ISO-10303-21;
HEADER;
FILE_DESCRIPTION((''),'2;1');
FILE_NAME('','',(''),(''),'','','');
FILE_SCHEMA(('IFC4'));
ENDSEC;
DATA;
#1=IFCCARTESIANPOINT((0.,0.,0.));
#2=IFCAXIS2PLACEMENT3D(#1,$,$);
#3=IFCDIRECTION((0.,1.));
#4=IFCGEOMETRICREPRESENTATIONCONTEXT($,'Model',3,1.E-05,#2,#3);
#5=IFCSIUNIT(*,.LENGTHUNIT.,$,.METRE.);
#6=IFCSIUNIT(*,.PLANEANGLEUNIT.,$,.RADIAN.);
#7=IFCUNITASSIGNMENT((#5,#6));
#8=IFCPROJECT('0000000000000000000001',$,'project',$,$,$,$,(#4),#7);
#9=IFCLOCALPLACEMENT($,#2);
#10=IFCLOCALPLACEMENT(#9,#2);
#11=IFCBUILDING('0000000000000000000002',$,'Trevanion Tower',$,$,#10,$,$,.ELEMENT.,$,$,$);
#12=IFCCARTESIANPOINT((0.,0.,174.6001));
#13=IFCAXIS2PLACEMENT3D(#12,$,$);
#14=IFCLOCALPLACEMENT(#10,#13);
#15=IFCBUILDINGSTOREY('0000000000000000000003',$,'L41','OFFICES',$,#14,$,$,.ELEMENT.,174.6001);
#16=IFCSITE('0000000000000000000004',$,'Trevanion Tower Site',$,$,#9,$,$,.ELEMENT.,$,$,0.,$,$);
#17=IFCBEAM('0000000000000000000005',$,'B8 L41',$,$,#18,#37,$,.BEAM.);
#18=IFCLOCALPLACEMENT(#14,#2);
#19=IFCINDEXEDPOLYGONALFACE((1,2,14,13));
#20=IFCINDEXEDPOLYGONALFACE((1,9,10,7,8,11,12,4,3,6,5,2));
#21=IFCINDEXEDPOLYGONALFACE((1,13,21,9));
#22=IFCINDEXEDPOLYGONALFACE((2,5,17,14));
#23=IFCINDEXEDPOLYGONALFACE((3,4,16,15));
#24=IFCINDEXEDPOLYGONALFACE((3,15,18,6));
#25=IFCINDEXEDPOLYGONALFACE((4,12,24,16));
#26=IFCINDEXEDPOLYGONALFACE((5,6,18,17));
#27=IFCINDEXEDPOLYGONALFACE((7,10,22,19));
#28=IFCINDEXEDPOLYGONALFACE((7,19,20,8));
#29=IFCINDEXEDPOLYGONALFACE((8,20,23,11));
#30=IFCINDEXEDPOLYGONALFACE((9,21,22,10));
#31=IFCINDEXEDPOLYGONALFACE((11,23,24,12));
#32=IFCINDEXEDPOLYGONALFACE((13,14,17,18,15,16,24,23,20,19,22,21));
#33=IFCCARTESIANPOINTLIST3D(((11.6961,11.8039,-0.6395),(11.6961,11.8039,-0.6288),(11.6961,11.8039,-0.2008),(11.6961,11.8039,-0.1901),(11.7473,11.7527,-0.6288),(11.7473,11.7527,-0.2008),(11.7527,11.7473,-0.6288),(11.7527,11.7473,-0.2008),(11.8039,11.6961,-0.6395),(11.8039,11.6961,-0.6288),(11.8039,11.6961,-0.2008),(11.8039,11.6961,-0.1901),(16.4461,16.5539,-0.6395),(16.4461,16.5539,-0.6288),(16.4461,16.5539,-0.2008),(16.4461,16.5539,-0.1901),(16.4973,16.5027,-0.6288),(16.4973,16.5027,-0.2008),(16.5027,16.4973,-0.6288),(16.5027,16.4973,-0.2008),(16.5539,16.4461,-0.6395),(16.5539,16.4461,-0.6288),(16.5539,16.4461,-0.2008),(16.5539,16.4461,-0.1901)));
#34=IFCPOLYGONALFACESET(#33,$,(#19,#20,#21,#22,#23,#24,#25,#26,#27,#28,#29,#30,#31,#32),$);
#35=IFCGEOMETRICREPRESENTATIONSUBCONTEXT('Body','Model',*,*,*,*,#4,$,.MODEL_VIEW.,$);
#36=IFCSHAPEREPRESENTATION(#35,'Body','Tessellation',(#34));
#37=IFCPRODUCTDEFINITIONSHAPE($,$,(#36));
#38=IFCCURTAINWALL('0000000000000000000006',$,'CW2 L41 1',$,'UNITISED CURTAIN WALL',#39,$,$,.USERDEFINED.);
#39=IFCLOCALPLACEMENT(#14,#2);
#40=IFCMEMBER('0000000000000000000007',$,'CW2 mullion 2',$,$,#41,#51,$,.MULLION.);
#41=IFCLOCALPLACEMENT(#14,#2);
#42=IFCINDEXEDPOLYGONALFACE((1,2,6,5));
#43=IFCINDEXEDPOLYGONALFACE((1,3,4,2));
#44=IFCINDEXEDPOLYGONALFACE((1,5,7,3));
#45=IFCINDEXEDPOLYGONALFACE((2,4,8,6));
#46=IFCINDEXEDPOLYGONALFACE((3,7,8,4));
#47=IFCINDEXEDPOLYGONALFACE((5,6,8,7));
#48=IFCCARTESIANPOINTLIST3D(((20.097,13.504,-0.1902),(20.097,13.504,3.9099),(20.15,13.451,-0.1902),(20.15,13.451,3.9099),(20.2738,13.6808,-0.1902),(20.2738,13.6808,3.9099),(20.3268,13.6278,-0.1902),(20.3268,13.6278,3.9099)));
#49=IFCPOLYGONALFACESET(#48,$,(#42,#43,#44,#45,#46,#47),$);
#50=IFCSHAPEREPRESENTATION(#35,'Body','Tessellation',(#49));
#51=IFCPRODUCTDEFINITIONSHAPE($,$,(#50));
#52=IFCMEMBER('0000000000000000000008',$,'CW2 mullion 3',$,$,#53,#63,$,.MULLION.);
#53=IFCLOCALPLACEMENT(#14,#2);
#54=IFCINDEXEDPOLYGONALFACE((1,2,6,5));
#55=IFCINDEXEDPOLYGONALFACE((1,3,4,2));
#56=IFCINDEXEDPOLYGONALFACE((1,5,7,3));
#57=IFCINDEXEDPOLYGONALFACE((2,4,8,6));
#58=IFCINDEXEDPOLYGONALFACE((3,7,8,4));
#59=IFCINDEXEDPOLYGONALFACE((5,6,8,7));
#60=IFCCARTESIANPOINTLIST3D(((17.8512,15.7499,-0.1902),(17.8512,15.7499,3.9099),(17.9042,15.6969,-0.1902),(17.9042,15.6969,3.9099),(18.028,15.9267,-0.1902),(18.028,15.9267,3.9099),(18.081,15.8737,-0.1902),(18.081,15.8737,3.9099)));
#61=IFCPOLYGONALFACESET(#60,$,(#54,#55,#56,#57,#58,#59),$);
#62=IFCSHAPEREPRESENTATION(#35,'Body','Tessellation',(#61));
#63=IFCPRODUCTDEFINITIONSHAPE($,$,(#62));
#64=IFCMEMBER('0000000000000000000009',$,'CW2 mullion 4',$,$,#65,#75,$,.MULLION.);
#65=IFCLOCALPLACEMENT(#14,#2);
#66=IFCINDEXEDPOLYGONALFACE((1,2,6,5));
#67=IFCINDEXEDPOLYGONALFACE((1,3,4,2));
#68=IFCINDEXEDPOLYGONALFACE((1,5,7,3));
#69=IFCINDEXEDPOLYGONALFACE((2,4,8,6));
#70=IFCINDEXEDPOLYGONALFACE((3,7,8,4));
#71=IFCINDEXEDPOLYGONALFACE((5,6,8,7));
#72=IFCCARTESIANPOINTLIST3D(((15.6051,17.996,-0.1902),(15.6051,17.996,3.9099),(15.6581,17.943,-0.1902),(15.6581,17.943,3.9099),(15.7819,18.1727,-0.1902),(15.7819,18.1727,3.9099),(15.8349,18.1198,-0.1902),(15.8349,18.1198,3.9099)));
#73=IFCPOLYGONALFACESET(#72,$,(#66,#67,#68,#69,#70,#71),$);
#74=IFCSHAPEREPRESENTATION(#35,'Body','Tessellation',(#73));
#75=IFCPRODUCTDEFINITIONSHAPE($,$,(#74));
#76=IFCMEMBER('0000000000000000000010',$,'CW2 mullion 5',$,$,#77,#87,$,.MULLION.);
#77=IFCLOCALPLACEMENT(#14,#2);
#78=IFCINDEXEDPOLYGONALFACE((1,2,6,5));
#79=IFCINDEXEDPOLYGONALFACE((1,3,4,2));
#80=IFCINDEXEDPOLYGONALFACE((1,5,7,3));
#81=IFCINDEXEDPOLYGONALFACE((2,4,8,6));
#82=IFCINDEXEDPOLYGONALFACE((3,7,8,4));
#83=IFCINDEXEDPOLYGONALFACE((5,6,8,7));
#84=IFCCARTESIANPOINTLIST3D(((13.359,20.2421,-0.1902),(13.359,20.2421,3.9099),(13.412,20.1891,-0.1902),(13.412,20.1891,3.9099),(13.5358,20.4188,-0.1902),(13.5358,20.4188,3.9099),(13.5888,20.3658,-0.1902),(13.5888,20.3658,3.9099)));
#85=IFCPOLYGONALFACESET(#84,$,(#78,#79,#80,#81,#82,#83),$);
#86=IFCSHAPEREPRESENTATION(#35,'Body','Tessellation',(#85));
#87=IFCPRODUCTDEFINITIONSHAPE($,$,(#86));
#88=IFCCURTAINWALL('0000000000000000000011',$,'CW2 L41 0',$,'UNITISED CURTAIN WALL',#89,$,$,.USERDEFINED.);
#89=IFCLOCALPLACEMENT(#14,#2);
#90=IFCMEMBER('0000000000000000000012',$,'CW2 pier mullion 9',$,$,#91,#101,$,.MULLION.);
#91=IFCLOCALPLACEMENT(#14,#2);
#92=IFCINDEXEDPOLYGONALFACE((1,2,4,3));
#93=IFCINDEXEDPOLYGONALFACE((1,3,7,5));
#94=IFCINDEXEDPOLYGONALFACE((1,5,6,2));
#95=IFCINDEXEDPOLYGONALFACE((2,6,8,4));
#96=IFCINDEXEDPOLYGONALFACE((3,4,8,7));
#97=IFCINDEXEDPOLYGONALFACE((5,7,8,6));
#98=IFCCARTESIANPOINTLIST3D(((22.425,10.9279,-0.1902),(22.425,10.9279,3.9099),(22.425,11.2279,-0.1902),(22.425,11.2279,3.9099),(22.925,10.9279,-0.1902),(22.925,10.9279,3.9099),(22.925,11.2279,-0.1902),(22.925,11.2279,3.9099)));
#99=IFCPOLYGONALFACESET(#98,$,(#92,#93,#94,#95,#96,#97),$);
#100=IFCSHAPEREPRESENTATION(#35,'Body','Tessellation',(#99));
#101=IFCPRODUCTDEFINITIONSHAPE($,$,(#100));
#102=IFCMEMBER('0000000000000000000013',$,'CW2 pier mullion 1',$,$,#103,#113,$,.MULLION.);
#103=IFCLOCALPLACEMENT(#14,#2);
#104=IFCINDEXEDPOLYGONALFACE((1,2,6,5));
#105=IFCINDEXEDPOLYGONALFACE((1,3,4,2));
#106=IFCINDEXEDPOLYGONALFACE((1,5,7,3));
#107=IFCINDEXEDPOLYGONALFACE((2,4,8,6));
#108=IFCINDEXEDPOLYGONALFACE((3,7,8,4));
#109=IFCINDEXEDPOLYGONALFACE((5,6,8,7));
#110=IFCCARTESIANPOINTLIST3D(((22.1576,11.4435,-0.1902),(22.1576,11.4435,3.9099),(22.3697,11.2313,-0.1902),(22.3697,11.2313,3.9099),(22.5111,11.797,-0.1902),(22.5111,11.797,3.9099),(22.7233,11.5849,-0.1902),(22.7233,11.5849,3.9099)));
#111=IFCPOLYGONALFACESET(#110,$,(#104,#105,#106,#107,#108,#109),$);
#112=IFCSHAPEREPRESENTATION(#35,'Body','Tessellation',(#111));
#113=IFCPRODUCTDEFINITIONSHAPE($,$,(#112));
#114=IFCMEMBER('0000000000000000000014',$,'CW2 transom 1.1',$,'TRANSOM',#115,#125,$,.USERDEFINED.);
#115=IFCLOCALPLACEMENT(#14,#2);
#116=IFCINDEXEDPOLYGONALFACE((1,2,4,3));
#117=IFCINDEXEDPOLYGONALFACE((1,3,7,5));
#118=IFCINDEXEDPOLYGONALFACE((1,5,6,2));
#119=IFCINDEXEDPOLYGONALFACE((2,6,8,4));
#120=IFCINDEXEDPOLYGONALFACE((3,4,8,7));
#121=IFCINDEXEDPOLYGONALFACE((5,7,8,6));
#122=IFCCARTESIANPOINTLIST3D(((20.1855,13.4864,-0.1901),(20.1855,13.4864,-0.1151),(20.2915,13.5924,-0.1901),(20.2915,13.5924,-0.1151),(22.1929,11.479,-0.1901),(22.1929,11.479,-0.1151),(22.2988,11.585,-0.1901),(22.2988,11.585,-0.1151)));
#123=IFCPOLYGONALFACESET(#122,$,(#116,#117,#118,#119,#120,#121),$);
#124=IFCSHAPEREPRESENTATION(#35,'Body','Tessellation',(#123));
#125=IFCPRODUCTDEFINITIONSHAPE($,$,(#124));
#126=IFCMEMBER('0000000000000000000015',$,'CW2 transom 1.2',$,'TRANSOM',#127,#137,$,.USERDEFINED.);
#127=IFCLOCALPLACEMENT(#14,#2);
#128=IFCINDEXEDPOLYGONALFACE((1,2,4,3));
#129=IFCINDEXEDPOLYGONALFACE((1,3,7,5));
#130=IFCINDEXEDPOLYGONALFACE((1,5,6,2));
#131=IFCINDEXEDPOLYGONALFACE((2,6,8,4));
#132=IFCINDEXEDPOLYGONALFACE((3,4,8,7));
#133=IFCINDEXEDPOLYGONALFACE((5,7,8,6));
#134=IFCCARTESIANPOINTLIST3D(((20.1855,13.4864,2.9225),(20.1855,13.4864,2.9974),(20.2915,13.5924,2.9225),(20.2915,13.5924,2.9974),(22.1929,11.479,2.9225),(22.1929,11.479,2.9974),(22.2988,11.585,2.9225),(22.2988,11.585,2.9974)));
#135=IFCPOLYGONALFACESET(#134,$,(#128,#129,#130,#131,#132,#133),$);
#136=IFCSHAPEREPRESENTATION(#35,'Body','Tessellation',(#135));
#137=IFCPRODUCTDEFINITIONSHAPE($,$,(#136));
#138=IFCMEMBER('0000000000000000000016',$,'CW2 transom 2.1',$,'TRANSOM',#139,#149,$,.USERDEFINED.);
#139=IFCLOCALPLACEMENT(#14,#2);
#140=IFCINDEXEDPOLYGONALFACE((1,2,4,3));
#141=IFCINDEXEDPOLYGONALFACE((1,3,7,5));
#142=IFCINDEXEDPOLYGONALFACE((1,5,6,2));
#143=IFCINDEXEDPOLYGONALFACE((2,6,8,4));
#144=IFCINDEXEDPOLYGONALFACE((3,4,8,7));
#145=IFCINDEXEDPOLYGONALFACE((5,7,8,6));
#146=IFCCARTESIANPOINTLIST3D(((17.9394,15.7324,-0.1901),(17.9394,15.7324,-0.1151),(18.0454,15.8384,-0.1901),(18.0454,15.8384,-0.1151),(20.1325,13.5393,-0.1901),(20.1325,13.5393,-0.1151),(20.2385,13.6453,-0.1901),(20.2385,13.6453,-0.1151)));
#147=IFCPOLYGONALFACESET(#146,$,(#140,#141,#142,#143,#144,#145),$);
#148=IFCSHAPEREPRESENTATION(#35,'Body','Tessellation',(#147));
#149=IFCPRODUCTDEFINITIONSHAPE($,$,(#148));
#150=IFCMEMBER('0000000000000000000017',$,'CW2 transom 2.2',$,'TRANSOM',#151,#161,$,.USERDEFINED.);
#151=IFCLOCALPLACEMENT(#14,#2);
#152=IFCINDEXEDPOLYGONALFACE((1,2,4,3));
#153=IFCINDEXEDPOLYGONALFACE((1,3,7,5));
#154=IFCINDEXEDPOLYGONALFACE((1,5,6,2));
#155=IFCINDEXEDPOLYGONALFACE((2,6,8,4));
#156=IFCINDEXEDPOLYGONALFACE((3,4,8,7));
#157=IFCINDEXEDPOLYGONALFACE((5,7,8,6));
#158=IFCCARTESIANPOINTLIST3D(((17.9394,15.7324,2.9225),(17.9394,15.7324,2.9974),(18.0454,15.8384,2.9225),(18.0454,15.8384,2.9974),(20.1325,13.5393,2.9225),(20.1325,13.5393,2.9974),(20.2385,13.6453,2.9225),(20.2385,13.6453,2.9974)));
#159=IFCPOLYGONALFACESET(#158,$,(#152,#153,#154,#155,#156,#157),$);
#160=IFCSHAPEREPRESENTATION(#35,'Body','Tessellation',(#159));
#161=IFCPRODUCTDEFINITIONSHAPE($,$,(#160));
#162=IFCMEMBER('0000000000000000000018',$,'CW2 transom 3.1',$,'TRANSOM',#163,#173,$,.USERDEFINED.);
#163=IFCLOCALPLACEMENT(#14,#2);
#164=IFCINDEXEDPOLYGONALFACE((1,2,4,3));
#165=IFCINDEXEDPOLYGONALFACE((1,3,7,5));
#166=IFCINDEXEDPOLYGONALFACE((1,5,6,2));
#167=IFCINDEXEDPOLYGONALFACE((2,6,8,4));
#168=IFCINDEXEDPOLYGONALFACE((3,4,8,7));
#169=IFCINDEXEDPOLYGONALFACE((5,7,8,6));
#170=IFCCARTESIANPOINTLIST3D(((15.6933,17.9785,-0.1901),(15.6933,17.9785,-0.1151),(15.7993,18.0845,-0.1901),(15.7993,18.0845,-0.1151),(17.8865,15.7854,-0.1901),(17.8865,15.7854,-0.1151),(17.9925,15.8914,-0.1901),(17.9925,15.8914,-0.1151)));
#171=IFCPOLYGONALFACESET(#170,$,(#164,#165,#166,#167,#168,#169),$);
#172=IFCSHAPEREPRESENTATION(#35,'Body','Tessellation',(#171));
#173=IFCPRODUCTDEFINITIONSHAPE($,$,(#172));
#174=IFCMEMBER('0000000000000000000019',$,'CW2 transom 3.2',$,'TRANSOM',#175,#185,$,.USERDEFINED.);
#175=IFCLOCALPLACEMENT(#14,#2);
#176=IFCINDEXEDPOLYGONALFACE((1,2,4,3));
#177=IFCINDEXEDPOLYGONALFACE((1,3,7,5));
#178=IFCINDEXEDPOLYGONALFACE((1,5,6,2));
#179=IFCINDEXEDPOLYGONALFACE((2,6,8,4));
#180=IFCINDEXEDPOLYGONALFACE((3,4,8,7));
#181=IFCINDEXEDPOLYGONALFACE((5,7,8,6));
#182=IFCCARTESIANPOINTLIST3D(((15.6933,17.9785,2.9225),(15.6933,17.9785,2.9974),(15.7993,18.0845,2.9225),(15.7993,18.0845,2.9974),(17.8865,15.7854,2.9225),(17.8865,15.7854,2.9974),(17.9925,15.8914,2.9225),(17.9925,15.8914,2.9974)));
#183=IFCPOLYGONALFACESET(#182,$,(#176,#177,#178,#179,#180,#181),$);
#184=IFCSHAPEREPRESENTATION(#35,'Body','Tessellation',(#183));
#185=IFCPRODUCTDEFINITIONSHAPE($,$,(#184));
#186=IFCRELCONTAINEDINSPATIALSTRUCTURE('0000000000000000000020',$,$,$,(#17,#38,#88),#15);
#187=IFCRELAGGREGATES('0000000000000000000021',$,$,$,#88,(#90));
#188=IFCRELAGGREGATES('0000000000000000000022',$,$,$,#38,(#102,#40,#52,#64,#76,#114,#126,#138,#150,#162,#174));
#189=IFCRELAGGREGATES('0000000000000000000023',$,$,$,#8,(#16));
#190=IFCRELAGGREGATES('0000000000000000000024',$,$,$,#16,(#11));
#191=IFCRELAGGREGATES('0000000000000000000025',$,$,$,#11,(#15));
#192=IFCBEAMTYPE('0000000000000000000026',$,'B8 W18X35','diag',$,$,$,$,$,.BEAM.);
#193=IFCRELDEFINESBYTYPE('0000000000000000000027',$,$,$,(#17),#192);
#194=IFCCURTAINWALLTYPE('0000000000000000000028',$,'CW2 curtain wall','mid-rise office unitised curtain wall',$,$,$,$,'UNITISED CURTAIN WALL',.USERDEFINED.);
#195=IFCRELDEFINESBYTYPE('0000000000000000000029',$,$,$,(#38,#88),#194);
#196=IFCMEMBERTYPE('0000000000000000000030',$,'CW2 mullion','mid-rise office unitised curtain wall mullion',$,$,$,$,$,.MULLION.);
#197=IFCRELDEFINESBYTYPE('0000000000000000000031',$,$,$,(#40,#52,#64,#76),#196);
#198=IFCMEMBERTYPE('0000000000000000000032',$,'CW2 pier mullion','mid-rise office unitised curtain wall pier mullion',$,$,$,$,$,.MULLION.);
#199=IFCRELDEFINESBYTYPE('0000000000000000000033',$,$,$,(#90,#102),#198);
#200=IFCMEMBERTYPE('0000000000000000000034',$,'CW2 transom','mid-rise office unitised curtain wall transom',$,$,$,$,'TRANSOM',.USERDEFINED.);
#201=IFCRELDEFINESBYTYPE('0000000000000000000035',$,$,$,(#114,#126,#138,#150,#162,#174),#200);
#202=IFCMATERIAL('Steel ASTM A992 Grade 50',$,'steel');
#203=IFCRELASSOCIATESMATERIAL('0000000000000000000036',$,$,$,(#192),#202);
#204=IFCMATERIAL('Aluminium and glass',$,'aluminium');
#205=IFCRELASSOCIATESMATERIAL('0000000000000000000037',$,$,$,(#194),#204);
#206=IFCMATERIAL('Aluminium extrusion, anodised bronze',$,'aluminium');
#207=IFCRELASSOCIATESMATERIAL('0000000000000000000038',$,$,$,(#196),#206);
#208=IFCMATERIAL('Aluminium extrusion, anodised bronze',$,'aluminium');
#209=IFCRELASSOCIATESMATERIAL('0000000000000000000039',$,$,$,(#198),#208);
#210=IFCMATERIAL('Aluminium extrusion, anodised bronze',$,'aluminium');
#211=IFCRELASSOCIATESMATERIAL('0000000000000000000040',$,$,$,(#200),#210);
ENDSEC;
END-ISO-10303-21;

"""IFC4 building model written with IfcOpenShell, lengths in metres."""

from ifc_helpers import new_model, si_unit, direction, frame, origin, origin_2d, place, context, subcontext, project, spatial, rectangle, i_section, extrude, material, material_profile, profile_set, type_object, element, aggregate, save


model = new_model("IFC4")

# Units and contexts
model_context = context("Model", 3, precision=1e-05, world=origin(), true_north=direction((0.0, 1.0)))
body_context = subcontext(model_context, "Body", "Model", "MODEL_VIEW")
ifc_project = project(units=[si_unit("LENGTHUNIT", "METRE"), si_unit("PLANEANGLEUNIT", "RADIAN")], contexts=[model_context])

# Site, building, storey
site_placement = place(None, origin())
site = spatial("IfcSite", under=ifc_project, at=site_placement, Name="Trevanion Tower Site", CompositionType="ELEMENT", RefElevation=0.0)
building_placement = place(site_placement, origin())
building = spatial("IfcBuilding", under=site, at=building_placement, Name="Trevanion Tower", CompositionType="ELEMENT")
storey_placement = place(building_placement, frame((0.0, 0.0, 174.6001)))
storey = spatial("IfcBuildingStorey", under=building, at=storey_placement, Name="L41", Description="OFFICES", CompositionType="ELEMENT", Elevation=174.6001)

# Beam
ifc_material_1 = material(Name="Steel ASTM A992 Grade 50", Category="steel")
ifc_material_profile_1 = material_profile(ifc_material_1, i_section(OverallWidth=0.1523, OverallDepth=0.4495, WebThickness=0.0076, FlangeThickness=0.0107, at=origin_2d()), Name="W18X35")
ifc_profile_set_1 = profile_set([ifc_material_profile_1], Name="Steel ASTM A992 Grade 50")
beam_type_1 = type_object("IfcBeamType", Name="B8 W18X35", Description="diag", PredefinedType="BEAM", material=ifc_profile_set_1)
beam_1_placement = place(storey_placement, frame((11.75, 11.75, -0.4148), z_axis=(0.707107, 0.707107, 0.0), x_axis=(-0.707107, 0.707107, 0.0)))
element("IfcBeam", 1, at=beam_1_placement, inside=storey, type_object=beam_type_1, Name="B8 L41", PredefinedType="BEAM", context=body_context, shape_type="SweptSolid", body=[
    extrude(i_section(OverallWidth=0.1523, OverallDepth=0.4495, WebThickness=0.0076, FlangeThickness=0.0107, at=origin_2d()), origin(), (0.0, 0.0, 1.0), 6.7175),
])

# Curtain wall, members
ifc_material_2 = material(Name="Aluminium and glass", Category="aluminium")
curtain_wall_type = type_object("IfcCurtainWallType", Name="CW2 curtain wall", Description="mid-rise office unitised curtain wall", ElementType="UNITISED CURTAIN WALL", PredefinedType="USERDEFINED", material=ifc_material_2)
curtain_wall_1_placement = place(storey_placement, origin())
curtain_wall_1 = element("IfcCurtainWall", 2, at=curtain_wall_1_placement, inside=storey, type_object=curtain_wall_type, Name="CW2 L41 1", ObjectType="UNITISED CURTAIN WALL", PredefinedType="USERDEFINED")
ifc_material_3 = material(Name="Aluminium extrusion, anodised bronze", Category="aluminium")
ifc_material_profile_2 = material_profile(ifc_material_3, rectangle(XDim=0.075, YDim=0.25, at=origin_2d()), Name="CW2 mullion")
ifc_profile_set_2 = profile_set([ifc_material_profile_2], Name="Aluminium extrusion, anodised bronze")
member_type_1 = type_object("IfcMemberType", Name="CW2 mullion", Description="mid-rise office unitised curtain wall mullion", PredefinedType="MULLION", material=ifc_profile_set_2)
member_1_placement = place(storey_placement, frame((20.2119, 13.5659, -0.1902), z_axis=(0.0, 0.0, 1.0), x_axis=(-0.707107, 0.707107, 0.0)))
member_1 = element("IfcMember", 3, at=member_1_placement, type_object=member_type_1, Name="CW2 mullion 2", PredefinedType="MULLION", context=body_context, shape_type="SweptSolid", body=[
    extrude(rectangle(XDim=0.075, YDim=0.25, at=origin_2d()), origin(), (0.0, 0.0, 1.0), 4.1001),
])
member_2_placement = place(storey_placement, frame((17.9661, 15.8118, -0.1902), z_axis=(0.0, 0.0, 1.0), x_axis=(-0.707107, 0.707107, 0.0)))
member_2 = element("IfcMember", 4, at=member_2_placement, type_object=member_type_1, Name="CW2 mullion 3", PredefinedType="MULLION", context=body_context, shape_type="SweptSolid", body=[
    extrude(rectangle(XDim=0.075, YDim=0.25, at=origin_2d()), origin(), (0.0, 0.0, 1.0), 4.1001),
])
member_3_placement = place(storey_placement, frame((15.72, 18.0579, -0.1902), z_axis=(0.0, 0.0, 1.0), x_axis=(-0.707107, 0.707107, 0.0)))
member_3 = element("IfcMember", 5, at=member_3_placement, type_object=member_type_1, Name="CW2 mullion 4", PredefinedType="MULLION", context=body_context, shape_type="SweptSolid", body=[
    extrude(rectangle(XDim=0.075, YDim=0.25, at=origin_2d()), origin(), (0.0, 0.0, 1.0), 4.1001),
])
member_4_placement = place(storey_placement, frame((13.4739, 20.304, -0.1902), z_axis=(0.0, 0.0, 1.0), x_axis=(-0.707107, 0.707107, 0.0)))
member_4 = element("IfcMember", 6, at=member_4_placement, type_object=member_type_1, Name="CW2 mullion 5", PredefinedType="MULLION", context=body_context, shape_type="SweptSolid", body=[
    extrude(rectangle(XDim=0.075, YDim=0.25, at=origin_2d()), origin(), (0.0, 0.0, 1.0), 4.1001),
])

# Curtain wall, member
curtain_wall_2_placement = place(storey_placement, origin())
curtain_wall_2 = element("IfcCurtainWall", 7, at=curtain_wall_2_placement, inside=storey, type_object=curtain_wall_type, Name="CW2 L41 0", ObjectType="UNITISED CURTAIN WALL", PredefinedType="USERDEFINED")
ifc_material_4 = material(Name="Aluminium extrusion, anodised bronze", Category="aluminium")
ifc_material_profile_3 = material_profile(ifc_material_4, rectangle(XDim=0.3, YDim=0.5, at=origin_2d()), Name="CW2 pier mullion")
ifc_profile_set_3 = profile_set([ifc_material_profile_3], Name="Aluminium extrusion, anodised bronze")
member_type_2 = type_object("IfcMemberType", Name="CW2 pier mullion", Description="mid-rise office unitised curtain wall pier mullion", PredefinedType="MULLION", material=ifc_profile_set_3)
member_5_placement = place(storey_placement, frame((22.675, 11.0779, -0.1902), z_axis=(0.0, 0.0, 1.0), x_axis=(0.0, 1.0, 0.0)))
member_5 = element("IfcMember", 8, at=member_5_placement, type_object=member_type_2, Name="CW2 pier mullion 9", PredefinedType="MULLION", context=body_context, shape_type="SweptSolid", body=[
    extrude(rectangle(XDim=0.3, YDim=0.5, at=origin_2d()), origin(), (0.0, 0.0, 1.0), 4.1001),
])
aggregate(curtain_wall_2, [member_5])

# Members
member_6_placement = place(storey_placement, frame((22.4404, 11.5142, -0.1902), z_axis=(0.0, 0.0, 1.0), x_axis=(-0.707107, 0.707107, 0.0)))
member_6 = element("IfcMember", 9, at=member_6_placement, type_object=member_type_2, Name="CW2 pier mullion 1", PredefinedType="MULLION", context=body_context, shape_type="SweptSolid", body=[
    extrude(rectangle(XDim=0.3, YDim=0.5, at=origin_2d()), origin(), (0.0, 0.0, 1.0), 4.1001),
])
ifc_material_5 = material(Name="Aluminium extrusion, anodised bronze", Category="aluminium")
ifc_material_profile_4 = material_profile(ifc_material_5, rectangle(XDim=0.1499, YDim=0.075, at=origin_2d()), Name="CW2 transom")
ifc_profile_set_4 = profile_set([ifc_material_profile_4], Name="Aluminium extrusion, anodised bronze")
member_type_3 = type_object("IfcMemberType", Name="CW2 transom", Description="mid-rise office unitised curtain wall transom", ElementType="TRANSOM", PredefinedType="USERDEFINED", material=ifc_profile_set_4)
member_7_placement = place(storey_placement, frame((22.2458, 11.532, -0.1526), z_axis=(-0.707107, 0.707107, 0.0), x_axis=(-0.707107, -0.707107, 0.0)))
member_7 = element("IfcMember", 10, at=member_7_placement, type_object=member_type_3, Name="CW2 transom 1.1", ObjectType="TRANSOM", PredefinedType="USERDEFINED", context=body_context, shape_type="SweptSolid", body=[
    extrude(rectangle(XDim=0.1499, YDim=0.075, at=origin_2d()), origin(), (0.0, 0.0, 1.0), 2.8389),
])
member_8_placement = place(storey_placement, frame((22.2458, 11.532, 2.96), z_axis=(-0.707107, 0.707107, 0.0), x_axis=(-0.707107, -0.707107, 0.0)))
member_8 = element("IfcMember", 11, at=member_8_placement, type_object=member_type_3, Name="CW2 transom 1.2", ObjectType="TRANSOM", PredefinedType="USERDEFINED", context=body_context, shape_type="SweptSolid", body=[
    extrude(rectangle(XDim=0.1499, YDim=0.075, at=origin_2d()), origin(), (0.0, 0.0, 1.0), 2.8389),
])
member_9_placement = place(storey_placement, frame((20.1855, 13.5923, -0.1526), z_axis=(-0.707107, 0.707107, 0.0), x_axis=(-0.707107, -0.707107, 0.0)))
member_9 = element("IfcMember", 12, at=member_9_placement, type_object=member_type_3, Name="CW2 transom 2.1", ObjectType="TRANSOM", PredefinedType="USERDEFINED", context=body_context, shape_type="SweptSolid", body=[
    extrude(rectangle(XDim=0.1499, YDim=0.075, at=origin_2d()), origin(), (0.0, 0.0, 1.0), 3.1016),
])
member_10_placement = place(storey_placement, frame((20.1855, 13.5923, 2.96), z_axis=(-0.707107, 0.707107, 0.0), x_axis=(-0.707107, -0.707107, 0.0)))
member_10 = element("IfcMember", 13, at=member_10_placement, type_object=member_type_3, Name="CW2 transom 2.2", ObjectType="TRANSOM", PredefinedType="USERDEFINED", context=body_context, shape_type="SweptSolid", body=[
    extrude(rectangle(XDim=0.1499, YDim=0.075, at=origin_2d()), origin(), (0.0, 0.0, 1.0), 3.1016),
])
member_11_placement = place(storey_placement, frame((17.9395, 15.8384, -0.1526), z_axis=(-0.707107, 0.707107, 0.0), x_axis=(-0.707107, -0.707107, 0.0)))
member_11 = element("IfcMember", 14, at=member_11_placement, type_object=member_type_3, Name="CW2 transom 3.1", ObjectType="TRANSOM", PredefinedType="USERDEFINED", context=body_context, shape_type="SweptSolid", body=[
    extrude(rectangle(XDim=0.1499, YDim=0.075, at=origin_2d()), origin(), (0.0, 0.0, 1.0), 3.1016),
])
member_12_placement = place(storey_placement, frame((17.9395, 15.8384, 2.96), z_axis=(-0.707107, 0.707107, 0.0), x_axis=(-0.707107, -0.707107, 0.0)))
member_12 = element("IfcMember", 15, at=member_12_placement, type_object=member_type_3, Name="CW2 transom 3.2", ObjectType="TRANSOM", PredefinedType="USERDEFINED", context=body_context, shape_type="SweptSolid", body=[
    extrude(rectangle(XDim=0.1499, YDim=0.075, at=origin_2d()), origin(), (0.0, 0.0, 1.0), 3.1016),
])

aggregate(curtain_wall_1, [member_6, member_1, member_2, member_3, member_4, member_7, member_8, member_9, member_10, member_11, member_12])

save(model, "model.ifc")
